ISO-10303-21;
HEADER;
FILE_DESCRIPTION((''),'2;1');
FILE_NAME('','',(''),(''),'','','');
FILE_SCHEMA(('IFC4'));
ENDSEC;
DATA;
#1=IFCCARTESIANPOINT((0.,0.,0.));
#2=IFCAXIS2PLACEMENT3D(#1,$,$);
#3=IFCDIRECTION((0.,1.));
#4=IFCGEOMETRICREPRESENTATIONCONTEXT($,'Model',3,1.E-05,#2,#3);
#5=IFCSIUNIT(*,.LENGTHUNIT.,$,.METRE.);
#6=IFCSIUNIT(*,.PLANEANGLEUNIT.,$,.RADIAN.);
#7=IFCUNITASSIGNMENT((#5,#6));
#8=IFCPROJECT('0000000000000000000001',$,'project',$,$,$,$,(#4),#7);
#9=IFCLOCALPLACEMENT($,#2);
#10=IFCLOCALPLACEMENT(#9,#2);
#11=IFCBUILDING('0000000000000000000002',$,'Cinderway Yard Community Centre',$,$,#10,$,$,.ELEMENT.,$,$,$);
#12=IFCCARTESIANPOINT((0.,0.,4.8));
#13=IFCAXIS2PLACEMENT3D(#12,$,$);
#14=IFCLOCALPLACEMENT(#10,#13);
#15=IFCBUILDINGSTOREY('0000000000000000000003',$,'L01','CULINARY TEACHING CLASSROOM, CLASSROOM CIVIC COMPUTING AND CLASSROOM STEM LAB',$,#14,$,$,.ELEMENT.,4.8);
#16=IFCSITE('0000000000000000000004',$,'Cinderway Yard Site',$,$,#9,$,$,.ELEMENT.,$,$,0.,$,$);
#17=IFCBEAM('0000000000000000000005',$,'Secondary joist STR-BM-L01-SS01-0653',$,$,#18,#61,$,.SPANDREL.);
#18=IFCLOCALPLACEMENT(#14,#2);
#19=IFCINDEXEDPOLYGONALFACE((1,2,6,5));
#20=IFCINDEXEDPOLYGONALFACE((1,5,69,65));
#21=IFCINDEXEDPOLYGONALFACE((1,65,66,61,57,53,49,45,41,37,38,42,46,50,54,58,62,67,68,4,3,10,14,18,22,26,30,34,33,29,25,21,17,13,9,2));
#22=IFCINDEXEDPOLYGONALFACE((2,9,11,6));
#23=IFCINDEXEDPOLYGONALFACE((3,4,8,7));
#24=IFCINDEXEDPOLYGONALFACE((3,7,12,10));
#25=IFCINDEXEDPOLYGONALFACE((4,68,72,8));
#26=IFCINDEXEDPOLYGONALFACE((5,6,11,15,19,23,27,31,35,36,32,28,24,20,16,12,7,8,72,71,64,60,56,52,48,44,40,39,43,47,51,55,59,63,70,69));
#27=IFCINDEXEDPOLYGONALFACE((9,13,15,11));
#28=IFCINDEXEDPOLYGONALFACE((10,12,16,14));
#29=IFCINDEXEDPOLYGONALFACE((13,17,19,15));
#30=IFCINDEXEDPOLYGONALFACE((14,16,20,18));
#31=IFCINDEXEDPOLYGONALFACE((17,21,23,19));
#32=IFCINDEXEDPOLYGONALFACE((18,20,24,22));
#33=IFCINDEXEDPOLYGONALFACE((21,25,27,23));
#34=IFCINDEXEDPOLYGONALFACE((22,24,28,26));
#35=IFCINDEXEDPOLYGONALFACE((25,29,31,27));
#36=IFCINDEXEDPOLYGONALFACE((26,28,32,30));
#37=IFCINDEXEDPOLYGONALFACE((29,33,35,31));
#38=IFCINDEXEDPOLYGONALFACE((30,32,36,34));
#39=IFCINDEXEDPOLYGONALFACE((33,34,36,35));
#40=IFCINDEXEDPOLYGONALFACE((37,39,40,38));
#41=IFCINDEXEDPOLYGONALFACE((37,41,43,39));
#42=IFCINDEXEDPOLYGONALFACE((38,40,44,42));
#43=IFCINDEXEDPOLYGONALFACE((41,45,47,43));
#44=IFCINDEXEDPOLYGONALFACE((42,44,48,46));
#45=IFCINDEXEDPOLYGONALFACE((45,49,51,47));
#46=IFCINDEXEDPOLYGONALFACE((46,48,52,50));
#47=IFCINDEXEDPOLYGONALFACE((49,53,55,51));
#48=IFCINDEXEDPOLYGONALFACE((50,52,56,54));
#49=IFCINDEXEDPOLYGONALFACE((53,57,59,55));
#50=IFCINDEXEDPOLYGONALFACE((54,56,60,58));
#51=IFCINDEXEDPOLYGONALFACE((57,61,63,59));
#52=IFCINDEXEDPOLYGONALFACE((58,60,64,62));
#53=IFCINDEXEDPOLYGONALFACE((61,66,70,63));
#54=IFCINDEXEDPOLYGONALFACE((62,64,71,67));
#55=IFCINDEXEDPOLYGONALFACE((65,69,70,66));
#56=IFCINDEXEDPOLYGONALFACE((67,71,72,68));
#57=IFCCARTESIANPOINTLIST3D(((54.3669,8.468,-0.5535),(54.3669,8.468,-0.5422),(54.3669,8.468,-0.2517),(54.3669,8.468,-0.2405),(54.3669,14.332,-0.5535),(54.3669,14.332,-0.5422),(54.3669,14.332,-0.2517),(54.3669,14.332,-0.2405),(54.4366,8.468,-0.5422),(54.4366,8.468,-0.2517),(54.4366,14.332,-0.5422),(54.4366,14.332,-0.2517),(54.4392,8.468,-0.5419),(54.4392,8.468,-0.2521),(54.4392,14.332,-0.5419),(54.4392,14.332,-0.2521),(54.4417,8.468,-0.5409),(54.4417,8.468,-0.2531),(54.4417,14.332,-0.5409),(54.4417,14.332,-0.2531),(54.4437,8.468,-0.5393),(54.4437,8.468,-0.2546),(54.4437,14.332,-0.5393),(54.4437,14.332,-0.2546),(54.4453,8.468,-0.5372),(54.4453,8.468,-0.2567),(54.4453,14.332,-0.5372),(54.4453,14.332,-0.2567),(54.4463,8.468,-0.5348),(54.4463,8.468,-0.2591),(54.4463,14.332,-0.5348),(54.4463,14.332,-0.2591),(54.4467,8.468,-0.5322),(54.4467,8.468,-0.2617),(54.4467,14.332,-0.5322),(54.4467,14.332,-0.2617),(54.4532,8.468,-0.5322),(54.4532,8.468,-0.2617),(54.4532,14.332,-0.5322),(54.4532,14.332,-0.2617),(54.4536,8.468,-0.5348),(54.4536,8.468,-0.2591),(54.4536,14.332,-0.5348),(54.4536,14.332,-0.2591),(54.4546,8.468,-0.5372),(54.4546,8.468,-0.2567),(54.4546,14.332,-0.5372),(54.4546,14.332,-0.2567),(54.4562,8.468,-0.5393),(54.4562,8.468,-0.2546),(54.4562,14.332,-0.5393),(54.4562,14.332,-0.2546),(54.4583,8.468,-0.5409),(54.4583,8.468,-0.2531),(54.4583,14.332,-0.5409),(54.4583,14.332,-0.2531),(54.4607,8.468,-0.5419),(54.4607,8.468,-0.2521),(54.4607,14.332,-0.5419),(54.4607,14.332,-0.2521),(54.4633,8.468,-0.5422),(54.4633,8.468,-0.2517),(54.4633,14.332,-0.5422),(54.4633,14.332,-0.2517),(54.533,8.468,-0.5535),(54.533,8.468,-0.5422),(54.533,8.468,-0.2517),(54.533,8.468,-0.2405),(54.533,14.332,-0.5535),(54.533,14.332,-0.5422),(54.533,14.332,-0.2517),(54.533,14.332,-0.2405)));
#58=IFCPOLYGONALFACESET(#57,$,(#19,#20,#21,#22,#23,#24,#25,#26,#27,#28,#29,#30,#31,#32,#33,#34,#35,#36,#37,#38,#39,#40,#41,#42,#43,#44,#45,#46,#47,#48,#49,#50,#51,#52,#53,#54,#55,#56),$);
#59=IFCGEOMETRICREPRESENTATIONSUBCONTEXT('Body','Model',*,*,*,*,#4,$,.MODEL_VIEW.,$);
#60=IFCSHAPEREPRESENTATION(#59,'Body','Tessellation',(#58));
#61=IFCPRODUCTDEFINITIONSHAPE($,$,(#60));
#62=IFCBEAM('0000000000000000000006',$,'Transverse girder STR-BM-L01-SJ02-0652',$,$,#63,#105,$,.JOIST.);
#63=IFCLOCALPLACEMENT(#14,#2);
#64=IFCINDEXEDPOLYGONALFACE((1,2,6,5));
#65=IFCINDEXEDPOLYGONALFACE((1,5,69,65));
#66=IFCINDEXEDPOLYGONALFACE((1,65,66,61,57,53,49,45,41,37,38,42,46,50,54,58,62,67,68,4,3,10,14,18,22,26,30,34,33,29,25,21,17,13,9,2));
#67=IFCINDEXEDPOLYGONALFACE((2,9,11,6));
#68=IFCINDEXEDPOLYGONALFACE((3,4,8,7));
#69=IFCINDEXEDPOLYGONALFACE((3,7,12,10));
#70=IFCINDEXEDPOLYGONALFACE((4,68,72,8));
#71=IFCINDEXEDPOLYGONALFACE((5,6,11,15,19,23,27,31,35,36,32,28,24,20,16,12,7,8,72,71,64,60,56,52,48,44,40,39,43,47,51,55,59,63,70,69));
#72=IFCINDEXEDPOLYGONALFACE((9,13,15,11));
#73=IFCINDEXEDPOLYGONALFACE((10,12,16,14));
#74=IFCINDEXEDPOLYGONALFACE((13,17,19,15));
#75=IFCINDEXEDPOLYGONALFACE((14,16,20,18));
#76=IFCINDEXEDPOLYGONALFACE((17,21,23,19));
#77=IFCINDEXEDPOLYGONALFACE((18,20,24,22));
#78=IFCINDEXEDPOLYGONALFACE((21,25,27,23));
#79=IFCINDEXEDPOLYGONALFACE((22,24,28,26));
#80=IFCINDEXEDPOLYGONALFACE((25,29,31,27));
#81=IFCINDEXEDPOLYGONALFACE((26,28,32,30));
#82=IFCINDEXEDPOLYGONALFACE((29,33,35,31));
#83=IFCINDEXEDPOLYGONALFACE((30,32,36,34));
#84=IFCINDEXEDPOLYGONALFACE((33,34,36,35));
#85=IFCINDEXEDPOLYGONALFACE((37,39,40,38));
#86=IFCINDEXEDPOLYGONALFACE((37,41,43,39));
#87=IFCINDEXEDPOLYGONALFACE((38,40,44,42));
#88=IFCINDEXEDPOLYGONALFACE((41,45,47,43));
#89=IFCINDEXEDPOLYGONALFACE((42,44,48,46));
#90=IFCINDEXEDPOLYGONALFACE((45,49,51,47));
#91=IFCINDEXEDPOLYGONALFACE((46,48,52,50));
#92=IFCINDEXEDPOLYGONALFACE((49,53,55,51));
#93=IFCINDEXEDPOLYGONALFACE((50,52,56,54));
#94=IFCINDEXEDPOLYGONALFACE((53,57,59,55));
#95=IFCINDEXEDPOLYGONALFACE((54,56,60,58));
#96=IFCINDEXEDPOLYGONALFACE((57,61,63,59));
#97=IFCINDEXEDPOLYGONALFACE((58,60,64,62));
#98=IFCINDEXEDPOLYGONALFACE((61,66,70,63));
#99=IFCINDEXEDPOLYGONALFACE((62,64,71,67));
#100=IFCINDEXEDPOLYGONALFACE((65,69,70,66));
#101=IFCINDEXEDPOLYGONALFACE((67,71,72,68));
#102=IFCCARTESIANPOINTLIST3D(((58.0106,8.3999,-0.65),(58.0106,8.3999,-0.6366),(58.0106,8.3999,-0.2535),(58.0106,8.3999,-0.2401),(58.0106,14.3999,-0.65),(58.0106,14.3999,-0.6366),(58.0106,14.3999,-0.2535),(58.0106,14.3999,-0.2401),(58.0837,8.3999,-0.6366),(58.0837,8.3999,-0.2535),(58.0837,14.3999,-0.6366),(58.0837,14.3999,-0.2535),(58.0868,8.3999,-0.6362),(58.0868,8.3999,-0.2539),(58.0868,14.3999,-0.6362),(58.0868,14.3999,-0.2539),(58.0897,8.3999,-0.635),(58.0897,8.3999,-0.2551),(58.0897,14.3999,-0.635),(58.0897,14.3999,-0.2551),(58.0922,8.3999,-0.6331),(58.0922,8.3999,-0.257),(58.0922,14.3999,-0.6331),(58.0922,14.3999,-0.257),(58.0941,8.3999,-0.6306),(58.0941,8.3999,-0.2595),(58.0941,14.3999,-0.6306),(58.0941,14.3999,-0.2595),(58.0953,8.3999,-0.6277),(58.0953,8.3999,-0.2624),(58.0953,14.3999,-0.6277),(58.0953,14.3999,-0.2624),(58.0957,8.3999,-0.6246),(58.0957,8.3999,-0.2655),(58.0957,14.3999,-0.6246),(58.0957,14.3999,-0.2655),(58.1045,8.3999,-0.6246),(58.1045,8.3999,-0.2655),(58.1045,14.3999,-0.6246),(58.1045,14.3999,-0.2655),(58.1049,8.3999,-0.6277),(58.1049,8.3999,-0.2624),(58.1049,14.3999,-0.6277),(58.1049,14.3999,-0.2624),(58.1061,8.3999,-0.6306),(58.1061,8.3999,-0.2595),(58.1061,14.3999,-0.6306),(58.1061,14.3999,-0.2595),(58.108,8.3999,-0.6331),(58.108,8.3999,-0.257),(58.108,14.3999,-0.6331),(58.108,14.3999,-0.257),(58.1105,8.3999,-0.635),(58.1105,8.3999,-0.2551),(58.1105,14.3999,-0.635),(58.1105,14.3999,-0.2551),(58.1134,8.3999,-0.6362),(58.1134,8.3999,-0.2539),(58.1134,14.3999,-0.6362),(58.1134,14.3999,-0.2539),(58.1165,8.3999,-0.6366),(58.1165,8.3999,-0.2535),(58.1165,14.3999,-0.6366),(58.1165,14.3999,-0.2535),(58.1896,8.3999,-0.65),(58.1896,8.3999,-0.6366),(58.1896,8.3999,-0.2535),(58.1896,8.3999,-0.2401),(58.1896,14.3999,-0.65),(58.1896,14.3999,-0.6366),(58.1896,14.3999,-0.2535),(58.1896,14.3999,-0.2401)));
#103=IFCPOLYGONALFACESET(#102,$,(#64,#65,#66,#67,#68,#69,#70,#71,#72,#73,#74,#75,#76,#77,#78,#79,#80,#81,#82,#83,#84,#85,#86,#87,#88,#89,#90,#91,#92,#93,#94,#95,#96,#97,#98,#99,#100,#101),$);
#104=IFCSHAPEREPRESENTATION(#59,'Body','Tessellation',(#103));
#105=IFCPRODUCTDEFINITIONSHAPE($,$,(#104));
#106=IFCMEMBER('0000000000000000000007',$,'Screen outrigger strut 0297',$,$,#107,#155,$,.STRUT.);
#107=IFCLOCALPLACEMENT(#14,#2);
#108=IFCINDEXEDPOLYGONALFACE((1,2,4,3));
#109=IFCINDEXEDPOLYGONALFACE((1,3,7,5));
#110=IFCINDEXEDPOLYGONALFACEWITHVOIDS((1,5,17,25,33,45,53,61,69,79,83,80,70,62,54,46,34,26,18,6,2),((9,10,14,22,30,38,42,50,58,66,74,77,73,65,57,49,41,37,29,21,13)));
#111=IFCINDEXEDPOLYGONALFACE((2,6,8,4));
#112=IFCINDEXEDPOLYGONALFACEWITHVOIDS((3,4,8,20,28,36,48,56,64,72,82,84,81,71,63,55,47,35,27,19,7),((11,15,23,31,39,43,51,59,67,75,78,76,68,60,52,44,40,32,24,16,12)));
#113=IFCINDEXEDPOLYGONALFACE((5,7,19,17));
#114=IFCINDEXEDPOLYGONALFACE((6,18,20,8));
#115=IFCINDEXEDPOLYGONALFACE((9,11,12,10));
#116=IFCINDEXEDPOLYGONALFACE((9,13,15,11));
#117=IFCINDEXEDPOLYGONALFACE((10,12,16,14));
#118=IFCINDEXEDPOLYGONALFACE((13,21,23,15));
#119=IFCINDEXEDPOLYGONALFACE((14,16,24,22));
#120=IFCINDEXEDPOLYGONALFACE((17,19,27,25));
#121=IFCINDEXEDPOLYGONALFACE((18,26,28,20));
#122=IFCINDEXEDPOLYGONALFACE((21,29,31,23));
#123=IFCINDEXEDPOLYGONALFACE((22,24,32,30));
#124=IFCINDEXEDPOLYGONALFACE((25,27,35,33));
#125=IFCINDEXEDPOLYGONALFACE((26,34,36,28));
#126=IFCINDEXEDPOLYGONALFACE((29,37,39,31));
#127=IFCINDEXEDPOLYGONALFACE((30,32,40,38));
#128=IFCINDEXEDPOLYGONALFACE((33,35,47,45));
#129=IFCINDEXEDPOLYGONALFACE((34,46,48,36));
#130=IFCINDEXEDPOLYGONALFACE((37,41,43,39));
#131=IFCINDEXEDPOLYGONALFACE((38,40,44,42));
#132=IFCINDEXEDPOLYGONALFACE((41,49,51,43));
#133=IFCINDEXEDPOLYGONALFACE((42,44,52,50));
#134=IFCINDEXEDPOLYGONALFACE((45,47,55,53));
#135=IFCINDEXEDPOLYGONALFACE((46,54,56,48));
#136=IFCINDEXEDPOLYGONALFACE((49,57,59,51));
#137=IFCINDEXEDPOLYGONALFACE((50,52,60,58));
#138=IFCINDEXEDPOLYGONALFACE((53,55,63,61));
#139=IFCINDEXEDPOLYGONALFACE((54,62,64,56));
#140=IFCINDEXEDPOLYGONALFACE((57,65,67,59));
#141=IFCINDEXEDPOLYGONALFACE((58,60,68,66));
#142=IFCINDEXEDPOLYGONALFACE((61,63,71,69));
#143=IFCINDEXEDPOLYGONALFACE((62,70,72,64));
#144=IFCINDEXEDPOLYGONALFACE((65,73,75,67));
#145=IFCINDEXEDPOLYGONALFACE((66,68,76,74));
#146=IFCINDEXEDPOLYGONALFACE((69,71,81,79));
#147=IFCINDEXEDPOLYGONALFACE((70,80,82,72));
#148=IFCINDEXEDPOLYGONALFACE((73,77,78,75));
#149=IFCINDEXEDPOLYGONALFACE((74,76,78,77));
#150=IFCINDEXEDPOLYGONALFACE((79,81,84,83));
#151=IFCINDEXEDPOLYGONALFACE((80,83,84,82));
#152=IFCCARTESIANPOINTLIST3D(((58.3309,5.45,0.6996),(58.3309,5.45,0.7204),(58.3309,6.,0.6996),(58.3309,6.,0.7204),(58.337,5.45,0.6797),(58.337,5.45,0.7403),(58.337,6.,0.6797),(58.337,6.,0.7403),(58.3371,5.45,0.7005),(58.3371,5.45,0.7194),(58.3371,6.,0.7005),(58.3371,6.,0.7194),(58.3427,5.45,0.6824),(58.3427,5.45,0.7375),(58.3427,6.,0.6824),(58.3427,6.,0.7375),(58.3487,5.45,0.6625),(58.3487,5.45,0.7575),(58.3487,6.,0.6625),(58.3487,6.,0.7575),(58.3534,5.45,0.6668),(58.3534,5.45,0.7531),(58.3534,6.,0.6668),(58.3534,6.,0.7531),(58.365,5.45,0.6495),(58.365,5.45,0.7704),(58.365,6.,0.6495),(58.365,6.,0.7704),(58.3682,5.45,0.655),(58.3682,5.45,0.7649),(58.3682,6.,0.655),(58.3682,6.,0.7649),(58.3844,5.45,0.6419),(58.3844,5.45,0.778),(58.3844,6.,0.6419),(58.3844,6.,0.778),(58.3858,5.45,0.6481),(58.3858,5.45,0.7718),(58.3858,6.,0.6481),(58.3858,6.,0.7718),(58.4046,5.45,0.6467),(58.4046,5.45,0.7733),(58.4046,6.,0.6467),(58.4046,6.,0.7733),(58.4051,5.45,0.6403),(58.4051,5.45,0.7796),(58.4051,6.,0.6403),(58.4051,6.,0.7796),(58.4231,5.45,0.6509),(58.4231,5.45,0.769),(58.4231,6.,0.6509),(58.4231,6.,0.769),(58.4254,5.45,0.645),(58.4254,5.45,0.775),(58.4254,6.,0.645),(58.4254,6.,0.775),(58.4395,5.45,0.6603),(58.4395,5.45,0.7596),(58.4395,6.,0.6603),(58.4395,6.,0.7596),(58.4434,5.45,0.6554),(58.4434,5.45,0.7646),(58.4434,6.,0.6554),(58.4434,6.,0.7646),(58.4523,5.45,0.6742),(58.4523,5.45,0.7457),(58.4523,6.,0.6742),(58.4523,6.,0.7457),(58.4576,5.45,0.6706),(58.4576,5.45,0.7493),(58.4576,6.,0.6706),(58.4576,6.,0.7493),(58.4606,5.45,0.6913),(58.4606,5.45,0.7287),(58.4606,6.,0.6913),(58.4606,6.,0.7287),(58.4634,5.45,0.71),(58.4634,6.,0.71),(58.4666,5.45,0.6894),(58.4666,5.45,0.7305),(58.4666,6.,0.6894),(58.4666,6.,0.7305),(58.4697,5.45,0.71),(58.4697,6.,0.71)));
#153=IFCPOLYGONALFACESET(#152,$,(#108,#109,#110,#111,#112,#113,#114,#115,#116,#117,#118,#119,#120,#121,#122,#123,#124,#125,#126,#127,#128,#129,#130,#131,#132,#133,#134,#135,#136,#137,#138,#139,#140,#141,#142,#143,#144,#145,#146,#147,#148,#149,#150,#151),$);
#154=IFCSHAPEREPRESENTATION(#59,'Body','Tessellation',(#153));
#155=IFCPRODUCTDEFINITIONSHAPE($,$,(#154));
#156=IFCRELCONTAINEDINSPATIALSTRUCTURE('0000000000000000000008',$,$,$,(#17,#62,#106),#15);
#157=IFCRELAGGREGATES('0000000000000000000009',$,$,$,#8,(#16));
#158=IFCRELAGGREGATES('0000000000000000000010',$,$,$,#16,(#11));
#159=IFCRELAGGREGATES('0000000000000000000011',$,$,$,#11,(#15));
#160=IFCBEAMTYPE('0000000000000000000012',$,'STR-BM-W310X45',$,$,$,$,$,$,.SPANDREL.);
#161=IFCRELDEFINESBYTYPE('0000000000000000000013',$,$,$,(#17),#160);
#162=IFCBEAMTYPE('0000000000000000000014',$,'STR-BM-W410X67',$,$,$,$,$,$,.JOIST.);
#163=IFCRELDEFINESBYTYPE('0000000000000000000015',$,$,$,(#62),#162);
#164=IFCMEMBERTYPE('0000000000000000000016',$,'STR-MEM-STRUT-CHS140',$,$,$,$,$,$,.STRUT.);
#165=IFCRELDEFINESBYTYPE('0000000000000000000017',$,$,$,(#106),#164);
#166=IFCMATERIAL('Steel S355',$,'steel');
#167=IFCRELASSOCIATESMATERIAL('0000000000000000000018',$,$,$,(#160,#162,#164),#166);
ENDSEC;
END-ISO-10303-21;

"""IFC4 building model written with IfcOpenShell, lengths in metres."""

from ifc_helpers import new_model, si_unit, direction, frame, origin, origin_2d, place, context, subcontext, project, spatial, hollow_circle, i_section, extrude, material, material_profile, profile_set, type_object, element, save


model = new_model("IFC4")

# Units and contexts
model_context = context("Model", 3, precision=1e-05, world=origin(), true_north=direction((0.0, 1.0)))
body_context = subcontext(model_context, "Body", "Model", "MODEL_VIEW")
ifc_project = project(units=[si_unit("LENGTHUNIT", "METRE"), si_unit("PLANEANGLEUNIT", "RADIAN")], contexts=[model_context])

# Site, building, storey
site_placement = place(None, origin())
site = spatial("IfcSite", under=ifc_project, at=site_placement, Name="Cinderway Yard Site", CompositionType="ELEMENT", RefElevation=0.0)
building_placement = place(site_placement, origin())
building = spatial("IfcBuilding", under=site, at=building_placement, Name="Cinderway Yard Community Centre", CompositionType="ELEMENT")
storey_placement = place(building_placement, frame((0.0, 0.0, 4.8)))
storey = spatial("IfcBuildingStorey", under=building, at=storey_placement, Name="L01", Description="CULINARY TEACHING CLASSROOM, CLASSROOM CIVIC COMPUTING AND CLASSROOM STEM LAB", CompositionType="ELEMENT", Elevation=4.8)

# Shared definitions
ifc_material_1 = material(Name="Steel S355", Category="steel")

# Beams
ifc_material_profile_1 = material_profile(ifc_material_1, i_section(OverallWidth=0.166, OverallDepth=0.313, WebThickness=0.0066, FlangeThickness=0.0112, FilletRadius=0.01, at=origin_2d()), Name="Steel S355")
ifc_profile_set_1 = profile_set([ifc_material_profile_1], Name="Steel S355")
beam_type_1 = type_object("IfcBeamType", Name="STR-BM-W310X45", PredefinedType="SPANDREL", material=ifc_profile_set_1)
beam_1_placement = place(storey_placement, frame((54.45, 8.468, -0.397), z_axis=(0.0, 1.0, 0.0), x_axis=(-1.0, 0.0, 0.0)))
element("IfcBeam", 1, at=beam_1_placement, inside=storey, type_object=beam_type_1, Name="Secondary joist STR-BM-L01-SS01-0653", PredefinedType="SPANDREL", context=body_context, shape_type="SweptSolid", body=[
    extrude(i_section(OverallWidth=0.166, OverallDepth=0.313, WebThickness=0.0066, FlangeThickness=0.0112, FilletRadius=0.01, at=origin_2d()), origin(), (0.0, 0.0, 1.0), 5.864),
])
ifc_material_profile_2 = material_profile(ifc_material_1, i_section(OverallWidth=0.179, OverallDepth=0.4099, WebThickness=0.0088, FlangeThickness=0.0134, FilletRadius=0.012, at=origin_2d()), Name="Steel S355")
ifc_profile_set_2 = profile_set([ifc_material_profile_2], Name="Steel S355")
beam_type_2 = type_object("IfcBeamType", Name="STR-BM-W410X67", PredefinedType="JOIST", material=ifc_profile_set_2)
beam_2_placement = place(storey_placement, frame((58.1001, 8.3999, -0.4451), z_axis=(0.0, 1.0, 0.0), x_axis=(-1.0, 0.0, 0.0)))
element("IfcBeam", 2, at=beam_2_placement, inside=storey, type_object=beam_type_2, Name="Transverse girder STR-BM-L01-SJ02-0652", PredefinedType="JOIST", context=body_context, shape_type="SweptSolid", body=[
    extrude(i_section(OverallWidth=0.179, OverallDepth=0.4099, WebThickness=0.0088, FlangeThickness=0.0134, FilletRadius=0.012, at=origin_2d()), origin(), (0.0, 0.0, 1.0), 6.0),
])

# Member
ifc_material_profile_3 = material_profile(ifc_material_1, hollow_circle(Radius=0.0698, WallThickness=0.0063, at=origin_2d()), Name="Steel S355")
ifc_profile_set_3 = profile_set([ifc_material_profile_3], Name="Steel S355")
member_type_1 = type_object("IfcMemberType", Name="STR-MEM-STRUT-CHS140", PredefinedType="STRUT", material=ifc_profile_set_3)
for number, where, z_axis, x_axis, name in (
    (3, (58.3999, 6.0, 0.71), (0.0, -1.0, 0.0), (1.0, 0.0, 0.0), "Screen outrigger strut 0297"),
):
    element("IfcMember", number, at=place(storey_placement, frame(where, z_axis=z_axis, x_axis=x_axis)), inside=storey, type_object=member_type_1, Name=name, PredefinedType="STRUT", context=body_context, shape_type="SweptSolid", body=[
        extrude(hollow_circle(Radius=0.0698, WallThickness=0.0063, at=origin_2d()), origin(), (0.0, 0.0, 1.0), 0.55),
    ])

save(model, "model.ifc")
